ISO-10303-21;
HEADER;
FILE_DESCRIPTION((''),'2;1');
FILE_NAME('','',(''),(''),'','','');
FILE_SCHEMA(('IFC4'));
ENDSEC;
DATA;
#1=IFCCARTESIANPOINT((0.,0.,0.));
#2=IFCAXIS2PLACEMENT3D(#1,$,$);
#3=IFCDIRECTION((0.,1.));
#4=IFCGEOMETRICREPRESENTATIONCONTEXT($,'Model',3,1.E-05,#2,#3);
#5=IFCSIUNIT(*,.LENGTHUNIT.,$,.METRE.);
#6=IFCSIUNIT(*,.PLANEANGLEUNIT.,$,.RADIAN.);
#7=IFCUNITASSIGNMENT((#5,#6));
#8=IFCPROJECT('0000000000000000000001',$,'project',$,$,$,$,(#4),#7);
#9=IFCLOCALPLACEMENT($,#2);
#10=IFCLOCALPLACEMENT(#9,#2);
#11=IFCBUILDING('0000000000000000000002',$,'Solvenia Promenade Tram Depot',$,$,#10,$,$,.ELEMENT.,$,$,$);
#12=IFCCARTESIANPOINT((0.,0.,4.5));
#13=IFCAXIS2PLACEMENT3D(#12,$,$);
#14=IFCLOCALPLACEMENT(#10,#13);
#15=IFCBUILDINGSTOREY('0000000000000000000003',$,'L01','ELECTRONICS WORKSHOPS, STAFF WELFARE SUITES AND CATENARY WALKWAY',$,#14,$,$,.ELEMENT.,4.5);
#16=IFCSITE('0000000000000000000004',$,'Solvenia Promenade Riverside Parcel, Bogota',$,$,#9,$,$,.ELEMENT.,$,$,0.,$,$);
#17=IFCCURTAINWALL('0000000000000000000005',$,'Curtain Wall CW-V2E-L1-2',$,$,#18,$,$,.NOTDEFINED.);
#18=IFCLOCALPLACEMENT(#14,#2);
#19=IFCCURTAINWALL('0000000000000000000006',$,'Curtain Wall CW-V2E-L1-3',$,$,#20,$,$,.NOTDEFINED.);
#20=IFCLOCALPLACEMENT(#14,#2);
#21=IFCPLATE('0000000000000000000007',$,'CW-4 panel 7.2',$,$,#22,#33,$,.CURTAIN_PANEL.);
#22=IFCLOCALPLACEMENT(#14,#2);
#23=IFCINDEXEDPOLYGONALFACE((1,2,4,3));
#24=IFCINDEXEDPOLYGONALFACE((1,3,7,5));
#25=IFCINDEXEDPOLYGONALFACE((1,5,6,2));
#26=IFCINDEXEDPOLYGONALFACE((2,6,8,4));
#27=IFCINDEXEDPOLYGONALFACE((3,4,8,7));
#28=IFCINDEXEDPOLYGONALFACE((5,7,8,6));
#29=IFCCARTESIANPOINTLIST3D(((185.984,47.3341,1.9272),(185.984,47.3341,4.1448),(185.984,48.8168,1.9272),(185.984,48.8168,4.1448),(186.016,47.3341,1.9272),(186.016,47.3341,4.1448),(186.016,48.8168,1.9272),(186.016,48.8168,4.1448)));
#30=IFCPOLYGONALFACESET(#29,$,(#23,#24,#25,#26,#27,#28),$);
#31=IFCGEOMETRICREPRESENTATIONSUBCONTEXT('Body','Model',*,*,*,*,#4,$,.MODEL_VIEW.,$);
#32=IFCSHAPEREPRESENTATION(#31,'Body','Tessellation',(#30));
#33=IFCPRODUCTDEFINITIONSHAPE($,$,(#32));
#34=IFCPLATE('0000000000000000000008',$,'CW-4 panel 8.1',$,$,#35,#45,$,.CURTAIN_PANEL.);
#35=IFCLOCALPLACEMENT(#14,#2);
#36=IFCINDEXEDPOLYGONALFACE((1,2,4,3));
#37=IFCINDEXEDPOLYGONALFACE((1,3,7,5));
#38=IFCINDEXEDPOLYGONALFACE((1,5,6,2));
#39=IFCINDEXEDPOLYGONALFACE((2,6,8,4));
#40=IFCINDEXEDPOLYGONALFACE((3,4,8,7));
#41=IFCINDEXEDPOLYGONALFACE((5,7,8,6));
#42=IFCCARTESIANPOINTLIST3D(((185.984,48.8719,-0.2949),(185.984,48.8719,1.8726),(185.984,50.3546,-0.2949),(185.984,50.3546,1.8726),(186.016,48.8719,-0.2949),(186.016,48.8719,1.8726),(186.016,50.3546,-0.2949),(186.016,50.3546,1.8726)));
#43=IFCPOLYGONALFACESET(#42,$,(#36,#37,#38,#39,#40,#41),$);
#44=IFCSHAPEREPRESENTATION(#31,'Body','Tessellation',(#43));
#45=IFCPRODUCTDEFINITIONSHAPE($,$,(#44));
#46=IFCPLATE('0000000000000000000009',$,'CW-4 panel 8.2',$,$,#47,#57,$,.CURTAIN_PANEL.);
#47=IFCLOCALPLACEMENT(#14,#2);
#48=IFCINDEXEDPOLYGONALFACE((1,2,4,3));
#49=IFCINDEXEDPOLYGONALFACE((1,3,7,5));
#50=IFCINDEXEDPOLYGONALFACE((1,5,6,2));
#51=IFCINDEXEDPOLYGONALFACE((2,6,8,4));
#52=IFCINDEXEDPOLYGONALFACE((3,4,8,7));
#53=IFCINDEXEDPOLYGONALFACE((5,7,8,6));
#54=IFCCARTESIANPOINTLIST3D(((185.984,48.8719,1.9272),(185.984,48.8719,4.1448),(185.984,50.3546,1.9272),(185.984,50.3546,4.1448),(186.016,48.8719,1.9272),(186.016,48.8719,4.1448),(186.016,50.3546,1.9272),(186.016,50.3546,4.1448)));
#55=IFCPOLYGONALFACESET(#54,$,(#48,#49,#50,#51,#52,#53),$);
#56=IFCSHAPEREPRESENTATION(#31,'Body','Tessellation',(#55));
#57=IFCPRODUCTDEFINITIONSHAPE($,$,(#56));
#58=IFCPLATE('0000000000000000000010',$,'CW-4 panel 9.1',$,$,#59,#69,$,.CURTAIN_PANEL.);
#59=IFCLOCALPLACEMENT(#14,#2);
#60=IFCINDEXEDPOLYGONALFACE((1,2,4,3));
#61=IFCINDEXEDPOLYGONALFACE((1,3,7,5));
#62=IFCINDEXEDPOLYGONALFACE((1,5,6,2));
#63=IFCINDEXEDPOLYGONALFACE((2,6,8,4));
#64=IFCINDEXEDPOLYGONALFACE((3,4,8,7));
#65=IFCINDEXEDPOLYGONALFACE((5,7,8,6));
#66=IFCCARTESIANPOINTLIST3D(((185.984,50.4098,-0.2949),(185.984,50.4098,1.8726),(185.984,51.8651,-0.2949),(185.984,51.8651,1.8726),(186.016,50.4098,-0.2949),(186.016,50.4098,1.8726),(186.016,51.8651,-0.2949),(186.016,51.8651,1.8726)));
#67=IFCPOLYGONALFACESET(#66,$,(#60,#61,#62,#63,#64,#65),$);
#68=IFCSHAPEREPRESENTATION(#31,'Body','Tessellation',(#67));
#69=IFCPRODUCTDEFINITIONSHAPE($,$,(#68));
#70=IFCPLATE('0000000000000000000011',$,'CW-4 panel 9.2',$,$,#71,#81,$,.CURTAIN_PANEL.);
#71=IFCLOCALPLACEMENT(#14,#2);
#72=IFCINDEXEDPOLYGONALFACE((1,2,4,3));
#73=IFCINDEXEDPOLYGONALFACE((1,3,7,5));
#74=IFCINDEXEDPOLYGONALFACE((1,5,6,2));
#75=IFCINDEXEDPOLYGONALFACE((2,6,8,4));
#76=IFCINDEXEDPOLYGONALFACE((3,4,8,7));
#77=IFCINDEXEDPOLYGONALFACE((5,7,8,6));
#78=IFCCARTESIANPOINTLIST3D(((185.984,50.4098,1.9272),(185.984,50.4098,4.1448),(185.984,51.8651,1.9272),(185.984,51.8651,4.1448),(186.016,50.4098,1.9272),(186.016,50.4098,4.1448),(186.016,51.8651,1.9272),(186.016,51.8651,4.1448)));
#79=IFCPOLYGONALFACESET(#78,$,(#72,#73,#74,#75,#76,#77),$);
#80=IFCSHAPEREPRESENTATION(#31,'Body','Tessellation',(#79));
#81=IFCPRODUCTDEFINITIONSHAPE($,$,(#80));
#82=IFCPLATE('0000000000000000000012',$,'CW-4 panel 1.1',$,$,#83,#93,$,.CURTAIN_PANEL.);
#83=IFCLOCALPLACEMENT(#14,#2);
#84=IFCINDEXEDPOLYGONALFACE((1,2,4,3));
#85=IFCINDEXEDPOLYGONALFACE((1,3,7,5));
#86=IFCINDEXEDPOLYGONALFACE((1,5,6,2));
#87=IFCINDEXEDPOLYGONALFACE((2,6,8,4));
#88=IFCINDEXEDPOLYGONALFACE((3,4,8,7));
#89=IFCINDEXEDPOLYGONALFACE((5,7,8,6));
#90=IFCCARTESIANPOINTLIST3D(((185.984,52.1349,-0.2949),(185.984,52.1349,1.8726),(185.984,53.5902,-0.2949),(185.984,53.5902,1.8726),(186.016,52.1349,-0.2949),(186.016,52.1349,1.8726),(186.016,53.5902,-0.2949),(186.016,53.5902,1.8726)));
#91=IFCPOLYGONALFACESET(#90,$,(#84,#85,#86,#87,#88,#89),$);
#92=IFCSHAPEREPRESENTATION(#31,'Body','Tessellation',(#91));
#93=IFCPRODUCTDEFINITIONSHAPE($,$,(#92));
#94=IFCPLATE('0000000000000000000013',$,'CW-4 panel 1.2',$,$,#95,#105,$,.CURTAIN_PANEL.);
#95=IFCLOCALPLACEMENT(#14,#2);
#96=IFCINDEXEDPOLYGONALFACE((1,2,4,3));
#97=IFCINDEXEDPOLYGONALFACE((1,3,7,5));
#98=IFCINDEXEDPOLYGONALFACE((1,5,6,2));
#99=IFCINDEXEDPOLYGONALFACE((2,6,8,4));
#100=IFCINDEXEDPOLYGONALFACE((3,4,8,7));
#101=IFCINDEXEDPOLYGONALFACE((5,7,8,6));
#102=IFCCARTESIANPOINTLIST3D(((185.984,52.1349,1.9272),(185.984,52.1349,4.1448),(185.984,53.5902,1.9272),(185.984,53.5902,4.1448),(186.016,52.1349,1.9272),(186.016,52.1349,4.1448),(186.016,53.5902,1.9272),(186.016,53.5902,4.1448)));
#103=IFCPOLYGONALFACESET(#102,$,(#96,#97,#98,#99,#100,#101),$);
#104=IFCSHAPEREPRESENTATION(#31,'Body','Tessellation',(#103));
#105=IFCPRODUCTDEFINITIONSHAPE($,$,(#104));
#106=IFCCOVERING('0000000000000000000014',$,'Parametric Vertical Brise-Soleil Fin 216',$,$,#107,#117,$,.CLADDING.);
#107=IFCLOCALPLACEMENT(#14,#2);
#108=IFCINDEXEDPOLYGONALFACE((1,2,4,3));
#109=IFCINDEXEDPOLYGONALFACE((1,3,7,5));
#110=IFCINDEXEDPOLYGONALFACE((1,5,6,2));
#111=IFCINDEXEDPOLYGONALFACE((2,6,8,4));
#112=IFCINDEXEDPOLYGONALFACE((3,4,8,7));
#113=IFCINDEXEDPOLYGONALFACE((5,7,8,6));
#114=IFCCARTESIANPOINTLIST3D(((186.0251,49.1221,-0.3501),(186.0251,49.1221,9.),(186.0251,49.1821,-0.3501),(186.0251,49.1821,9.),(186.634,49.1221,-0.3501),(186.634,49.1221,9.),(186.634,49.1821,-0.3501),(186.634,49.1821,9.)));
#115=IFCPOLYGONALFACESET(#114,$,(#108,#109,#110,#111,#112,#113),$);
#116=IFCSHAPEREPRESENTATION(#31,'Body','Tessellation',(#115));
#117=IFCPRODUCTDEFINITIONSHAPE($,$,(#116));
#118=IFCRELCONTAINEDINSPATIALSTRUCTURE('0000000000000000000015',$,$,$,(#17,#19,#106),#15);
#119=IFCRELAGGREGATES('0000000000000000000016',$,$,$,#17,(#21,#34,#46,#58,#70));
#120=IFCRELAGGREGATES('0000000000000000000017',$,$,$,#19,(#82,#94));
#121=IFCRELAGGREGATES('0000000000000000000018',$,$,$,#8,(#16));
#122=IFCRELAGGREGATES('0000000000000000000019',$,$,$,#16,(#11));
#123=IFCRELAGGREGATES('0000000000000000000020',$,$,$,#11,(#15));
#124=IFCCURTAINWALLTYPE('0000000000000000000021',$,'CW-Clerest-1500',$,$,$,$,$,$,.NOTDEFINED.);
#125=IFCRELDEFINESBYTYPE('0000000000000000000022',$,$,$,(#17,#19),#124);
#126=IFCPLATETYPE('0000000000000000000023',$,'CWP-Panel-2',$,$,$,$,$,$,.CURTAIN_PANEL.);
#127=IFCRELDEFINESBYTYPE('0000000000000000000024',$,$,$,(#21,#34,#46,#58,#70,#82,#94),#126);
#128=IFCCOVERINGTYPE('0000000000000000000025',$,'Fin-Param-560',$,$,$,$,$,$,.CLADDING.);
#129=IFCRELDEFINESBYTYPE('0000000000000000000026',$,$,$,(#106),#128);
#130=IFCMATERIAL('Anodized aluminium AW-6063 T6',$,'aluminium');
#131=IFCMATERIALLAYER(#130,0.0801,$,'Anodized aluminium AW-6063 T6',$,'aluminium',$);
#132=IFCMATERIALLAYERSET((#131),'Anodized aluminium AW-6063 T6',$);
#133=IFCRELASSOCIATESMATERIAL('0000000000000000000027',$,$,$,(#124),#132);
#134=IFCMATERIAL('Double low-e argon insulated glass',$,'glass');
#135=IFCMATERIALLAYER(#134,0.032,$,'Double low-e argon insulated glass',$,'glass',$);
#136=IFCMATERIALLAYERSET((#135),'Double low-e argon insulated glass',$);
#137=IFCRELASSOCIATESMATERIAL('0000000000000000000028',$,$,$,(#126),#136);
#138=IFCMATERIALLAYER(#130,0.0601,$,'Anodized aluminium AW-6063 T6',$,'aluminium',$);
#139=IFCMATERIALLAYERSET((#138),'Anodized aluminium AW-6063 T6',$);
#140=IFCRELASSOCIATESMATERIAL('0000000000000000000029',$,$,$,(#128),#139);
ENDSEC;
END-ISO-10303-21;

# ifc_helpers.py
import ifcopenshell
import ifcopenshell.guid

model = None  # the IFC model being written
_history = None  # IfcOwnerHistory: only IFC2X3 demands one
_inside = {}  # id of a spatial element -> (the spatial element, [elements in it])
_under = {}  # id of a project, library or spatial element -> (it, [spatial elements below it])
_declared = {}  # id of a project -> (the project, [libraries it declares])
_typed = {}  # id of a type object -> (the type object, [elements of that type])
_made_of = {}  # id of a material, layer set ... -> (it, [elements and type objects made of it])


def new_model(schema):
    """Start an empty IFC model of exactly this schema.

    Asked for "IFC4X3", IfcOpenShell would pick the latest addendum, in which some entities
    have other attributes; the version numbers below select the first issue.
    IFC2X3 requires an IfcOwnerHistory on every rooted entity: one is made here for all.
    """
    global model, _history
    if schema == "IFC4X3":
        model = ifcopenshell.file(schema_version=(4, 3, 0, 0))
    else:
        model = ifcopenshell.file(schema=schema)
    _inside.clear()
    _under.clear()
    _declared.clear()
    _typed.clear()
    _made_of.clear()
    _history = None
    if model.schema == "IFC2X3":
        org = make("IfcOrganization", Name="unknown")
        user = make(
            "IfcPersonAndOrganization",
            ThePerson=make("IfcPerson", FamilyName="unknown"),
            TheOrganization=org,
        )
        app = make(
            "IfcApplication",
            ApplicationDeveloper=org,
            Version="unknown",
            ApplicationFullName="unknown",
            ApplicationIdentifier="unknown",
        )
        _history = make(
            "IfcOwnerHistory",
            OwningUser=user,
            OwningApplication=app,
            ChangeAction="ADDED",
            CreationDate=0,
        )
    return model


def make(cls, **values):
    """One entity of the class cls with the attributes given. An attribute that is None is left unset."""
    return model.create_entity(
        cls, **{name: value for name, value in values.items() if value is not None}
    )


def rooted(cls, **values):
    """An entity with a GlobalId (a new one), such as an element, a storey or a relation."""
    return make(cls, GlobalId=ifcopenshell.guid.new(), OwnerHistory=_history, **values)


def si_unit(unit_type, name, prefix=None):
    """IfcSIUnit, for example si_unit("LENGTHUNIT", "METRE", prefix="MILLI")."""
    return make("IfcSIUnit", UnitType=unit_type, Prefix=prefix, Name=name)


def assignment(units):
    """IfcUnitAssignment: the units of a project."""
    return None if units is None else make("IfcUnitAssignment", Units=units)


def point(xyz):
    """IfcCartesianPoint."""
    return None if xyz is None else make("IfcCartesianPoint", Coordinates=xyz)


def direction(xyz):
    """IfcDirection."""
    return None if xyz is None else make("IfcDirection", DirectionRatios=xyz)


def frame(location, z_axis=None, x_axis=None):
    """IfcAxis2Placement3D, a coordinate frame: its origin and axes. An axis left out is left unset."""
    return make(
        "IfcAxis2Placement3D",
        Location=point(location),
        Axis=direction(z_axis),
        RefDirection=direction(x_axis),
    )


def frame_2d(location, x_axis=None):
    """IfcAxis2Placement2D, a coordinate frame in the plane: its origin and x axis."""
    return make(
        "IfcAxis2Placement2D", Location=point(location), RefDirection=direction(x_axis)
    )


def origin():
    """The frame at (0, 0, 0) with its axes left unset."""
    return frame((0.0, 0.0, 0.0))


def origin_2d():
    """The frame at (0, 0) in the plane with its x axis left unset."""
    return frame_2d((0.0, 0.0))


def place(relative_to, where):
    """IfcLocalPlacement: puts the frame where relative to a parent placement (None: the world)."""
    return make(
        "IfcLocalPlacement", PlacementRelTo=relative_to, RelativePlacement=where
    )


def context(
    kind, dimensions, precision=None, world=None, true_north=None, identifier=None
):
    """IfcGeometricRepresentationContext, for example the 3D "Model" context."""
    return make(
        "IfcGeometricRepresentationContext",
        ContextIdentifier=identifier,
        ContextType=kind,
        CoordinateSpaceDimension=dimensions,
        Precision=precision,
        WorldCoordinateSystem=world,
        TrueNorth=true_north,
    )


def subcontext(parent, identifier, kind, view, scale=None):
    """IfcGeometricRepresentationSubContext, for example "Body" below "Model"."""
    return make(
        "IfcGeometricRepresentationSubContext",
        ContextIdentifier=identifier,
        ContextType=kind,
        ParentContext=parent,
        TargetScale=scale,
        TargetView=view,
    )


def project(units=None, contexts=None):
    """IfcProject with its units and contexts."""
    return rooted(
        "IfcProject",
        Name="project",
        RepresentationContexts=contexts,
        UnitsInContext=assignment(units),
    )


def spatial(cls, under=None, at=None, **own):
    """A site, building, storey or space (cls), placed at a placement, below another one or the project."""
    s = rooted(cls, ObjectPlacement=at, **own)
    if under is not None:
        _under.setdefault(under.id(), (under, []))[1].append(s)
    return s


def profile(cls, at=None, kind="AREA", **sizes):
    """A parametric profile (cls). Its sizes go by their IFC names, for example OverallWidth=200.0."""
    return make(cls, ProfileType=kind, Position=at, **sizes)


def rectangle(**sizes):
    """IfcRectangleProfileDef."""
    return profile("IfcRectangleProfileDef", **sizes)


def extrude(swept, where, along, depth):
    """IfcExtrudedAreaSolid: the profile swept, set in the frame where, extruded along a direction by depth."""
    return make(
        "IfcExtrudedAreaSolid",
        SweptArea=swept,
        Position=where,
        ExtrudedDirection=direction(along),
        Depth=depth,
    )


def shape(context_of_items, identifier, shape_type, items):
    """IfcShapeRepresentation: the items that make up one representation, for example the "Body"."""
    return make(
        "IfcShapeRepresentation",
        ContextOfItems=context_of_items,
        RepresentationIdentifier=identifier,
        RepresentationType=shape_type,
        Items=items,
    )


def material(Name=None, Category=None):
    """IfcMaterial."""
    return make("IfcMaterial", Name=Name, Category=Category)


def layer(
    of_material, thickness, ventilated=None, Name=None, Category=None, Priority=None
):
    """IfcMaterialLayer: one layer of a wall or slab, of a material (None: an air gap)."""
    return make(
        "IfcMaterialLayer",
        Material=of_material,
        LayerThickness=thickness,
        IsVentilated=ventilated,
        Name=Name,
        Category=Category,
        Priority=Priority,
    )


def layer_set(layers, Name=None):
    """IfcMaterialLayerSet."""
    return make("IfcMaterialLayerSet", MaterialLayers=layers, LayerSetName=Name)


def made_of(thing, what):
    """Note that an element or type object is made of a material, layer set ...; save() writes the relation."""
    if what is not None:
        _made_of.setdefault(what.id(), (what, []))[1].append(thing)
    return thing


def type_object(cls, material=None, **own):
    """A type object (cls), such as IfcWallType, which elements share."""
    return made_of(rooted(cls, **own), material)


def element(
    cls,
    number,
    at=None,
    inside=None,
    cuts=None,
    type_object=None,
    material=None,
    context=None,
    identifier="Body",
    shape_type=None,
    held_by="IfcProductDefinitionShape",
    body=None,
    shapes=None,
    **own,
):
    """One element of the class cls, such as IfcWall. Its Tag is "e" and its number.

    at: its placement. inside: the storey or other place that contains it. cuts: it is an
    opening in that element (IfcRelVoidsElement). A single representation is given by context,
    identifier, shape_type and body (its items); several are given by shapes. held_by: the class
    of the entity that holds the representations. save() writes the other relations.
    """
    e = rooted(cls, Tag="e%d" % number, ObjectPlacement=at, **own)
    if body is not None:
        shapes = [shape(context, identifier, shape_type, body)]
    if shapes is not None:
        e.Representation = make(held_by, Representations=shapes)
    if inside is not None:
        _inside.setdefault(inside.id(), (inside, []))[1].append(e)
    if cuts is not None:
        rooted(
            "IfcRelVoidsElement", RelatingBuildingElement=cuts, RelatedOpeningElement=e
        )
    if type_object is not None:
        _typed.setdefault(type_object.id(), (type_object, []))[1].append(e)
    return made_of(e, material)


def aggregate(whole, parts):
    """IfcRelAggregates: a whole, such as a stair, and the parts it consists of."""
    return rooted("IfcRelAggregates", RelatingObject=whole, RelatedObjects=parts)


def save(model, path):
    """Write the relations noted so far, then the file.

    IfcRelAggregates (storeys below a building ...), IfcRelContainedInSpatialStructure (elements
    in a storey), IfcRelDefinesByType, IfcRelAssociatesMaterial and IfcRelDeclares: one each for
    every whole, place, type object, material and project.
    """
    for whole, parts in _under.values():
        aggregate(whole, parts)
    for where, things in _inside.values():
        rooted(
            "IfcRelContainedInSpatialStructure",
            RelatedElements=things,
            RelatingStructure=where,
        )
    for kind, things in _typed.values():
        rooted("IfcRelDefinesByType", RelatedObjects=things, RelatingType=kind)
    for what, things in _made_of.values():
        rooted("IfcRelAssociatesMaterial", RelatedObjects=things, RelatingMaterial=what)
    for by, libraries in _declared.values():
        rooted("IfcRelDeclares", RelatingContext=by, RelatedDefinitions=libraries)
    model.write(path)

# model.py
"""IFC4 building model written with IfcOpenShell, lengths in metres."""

from ifc_helpers import new_model, si_unit, direction, frame, origin, origin_2d, place, context, subcontext, project, spatial, rectangle, extrude, material, layer, layer_set, type_object, element, aggregate, save


model = new_model("IFC4")

# Units and contexts
model_context = context("Model", 3, precision=1e-05, world=origin(), true_north=direction((0.0, 1.0)))
body_context = subcontext(model_context, "Body", "Model", "MODEL_VIEW")
ifc_project = project(units=[si_unit("LENGTHUNIT", "METRE"), si_unit("PLANEANGLEUNIT", "RADIAN")], contexts=[model_context])

# Site, building, storey
site_placement = place(None, origin())
site = spatial("IfcSite", under=ifc_project, at=site_placement, Name="Solvenia Promenade Riverside Parcel, Bogota", CompositionType="ELEMENT", RefElevation=0.0)
building_placement = place(site_placement, origin())
building = spatial("IfcBuilding", under=site, at=building_placement, Name="Solvenia Promenade Tram Depot", CompositionType="ELEMENT")
storey_placement = place(building_placement, frame((0.0, 0.0, 4.5)))
storey = spatial("IfcBuildingStorey", under=building, at=storey_placement, Name="L01", Description="ELECTRONICS WORKSHOPS, STAFF WELFARE SUITES AND CATENARY WALKWAY", CompositionType="ELEMENT", Elevation=4.5)

# Curtain walls
ifc_material_1 = material(Name="Anodized aluminium AW-6063 T6", Category="aluminium")
ifc_layer_1 = layer(ifc_material_1, 0.0801, Name="Anodized aluminium AW-6063 T6", Category="aluminium")
ifc_layer_set_1 = layer_set([ifc_layer_1], Name="Anodized aluminium AW-6063 T6")
curtain_wall_type = type_object("IfcCurtainWallType", Name="CW-Clerest-1500", PredefinedType="NOTDEFINED", material=ifc_layer_set_1)
curtain_wall_1_placement = place(storey_placement, origin())
curtain_wall_1 = element("IfcCurtainWall", 1, at=curtain_wall_1_placement, inside=storey, type_object=curtain_wall_type, Name="Curtain Wall CW-V2E-L1-2", PredefinedType="NOTDEFINED")
curtain_wall_2_placement = place(storey_placement, origin())
curtain_wall_2 = element("IfcCurtainWall", 2, at=curtain_wall_2_placement, inside=storey, type_object=curtain_wall_type, Name="Curtain Wall CW-V2E-L1-3", PredefinedType="NOTDEFINED")

# Plates
ifc_material_2 = material(Name="Double low-e argon insulated glass", Category="glass")
ifc_layer_2 = layer(ifc_material_2, 0.032, Name="Double low-e argon insulated glass", Category="glass")
ifc_layer_set_2 = layer_set([ifc_layer_2], Name="Double low-e argon insulated glass")
plate_type = type_object("IfcPlateType", Name="CWP-Panel-2", PredefinedType="CURTAIN_PANEL", material=ifc_layer_set_2)
plate_1_placement = place(storey_placement, frame((186.0, 48.0754, 1.9272), z_axis=(0.0, 0.0, 1.0), x_axis=(0.0, 1.0, 0.0)))
plate_1 = element("IfcPlate", 3, at=plate_1_placement, type_object=plate_type, Name="CW-4 panel 7.2", PredefinedType="CURTAIN_PANEL", context=body_context, shape_type="SweptSolid", body=[
    extrude(rectangle(XDim=1.4827, YDim=0.032, at=origin_2d()), origin(), (0.0, 0.0, 1.0), 2.2175),
])
plate_2_placement = place(storey_placement, frame((186.0, 49.6133, -0.2949), z_axis=(0.0, 0.0, 1.0), x_axis=(0.0, 1.0, 0.0)))
plate_2 = element("IfcPlate", 4, at=plate_2_placement, type_object=plate_type, Name="CW-4 panel 8.1", PredefinedType="CURTAIN_PANEL", context=body_context, shape_type="SweptSolid", body=[
    extrude(rectangle(XDim=1.4827, YDim=0.032, at=origin_2d()), origin(), (0.0, 0.0, 1.0), 2.1675),
])
plate_3_placement = place(storey_placement, frame((186.0, 49.6133, 1.9272), z_axis=(0.0, 0.0, 1.0), x_axis=(0.0, 1.0, 0.0)))
plate_3 = element("IfcPlate", 5, at=plate_3_placement, type_object=plate_type, Name="CW-4 panel 8.2", PredefinedType="CURTAIN_PANEL", context=body_context, shape_type="SweptSolid", body=[
    extrude(rectangle(XDim=1.4827, YDim=0.032, at=origin_2d()), origin(), (0.0, 0.0, 1.0), 2.2175),
])
plate_4_placement = place(storey_placement, frame((186.0, 51.1375, -0.2949), z_axis=(0.0, 0.0, 1.0), x_axis=(0.0, 1.0, 0.0)))
plate_4 = element("IfcPlate", 6, at=plate_4_placement, type_object=plate_type, Name="CW-4 panel 9.1", PredefinedType="CURTAIN_PANEL", context=body_context, shape_type="SweptSolid", body=[
    extrude(rectangle(XDim=1.4553, YDim=0.032, at=origin_2d()), origin(), (0.0, 0.0, 1.0), 2.1675),
])
plate_5_placement = place(storey_placement, frame((186.0, 51.1375, 1.9272), z_axis=(0.0, 0.0, 1.0), x_axis=(0.0, 1.0, 0.0)))
plate_5 = element("IfcPlate", 7, at=plate_5_placement, type_object=plate_type, Name="CW-4 panel 9.2", PredefinedType="CURTAIN_PANEL", context=body_context, shape_type="SweptSolid", body=[
    extrude(rectangle(XDim=1.4553, YDim=0.032, at=origin_2d()), origin(), (0.0, 0.0, 1.0), 2.2175),
])
aggregate(curtain_wall_1, [plate_1, plate_2, plate_3, plate_4, plate_5])
plate_6_placement = place(storey_placement, frame((186.0, 52.8625, -0.2949), z_axis=(0.0, 0.0, 1.0), x_axis=(0.0, 1.0, 0.0)))
plate_6 = element("IfcPlate", 8, at=plate_6_placement, type_object=plate_type, Name="CW-4 panel 1.1", PredefinedType="CURTAIN_PANEL", context=body_context, shape_type="SweptSolid", body=[
    extrude(rectangle(XDim=1.4553, YDim=0.032, at=origin_2d()), origin(), (0.0, 0.0, 1.0), 2.1675),
])
plate_7_placement = place(storey_placement, frame((186.0, 52.8625, 1.9272), z_axis=(0.0, 0.0, 1.0), x_axis=(0.0, 1.0, 0.0)))
plate_7 = element("IfcPlate", 9, at=plate_7_placement, type_object=plate_type, Name="CW-4 panel 1.2", PredefinedType="CURTAIN_PANEL", context=body_context, shape_type="SweptSolid", body=[
    extrude(rectangle(XDim=1.4553, YDim=0.032, at=origin_2d()), origin(), (0.0, 0.0, 1.0), 2.2175),
])
aggregate(curtain_wall_2, [plate_6, plate_7])

# Covering
ifc_layer_3 = layer(ifc_material_1, 0.0601, Name="Anodized aluminium AW-6063 T6", Category="aluminium")
ifc_layer_set_3 = layer_set([ifc_layer_3], Name="Anodized aluminium AW-6063 T6")
covering_type = type_object("IfcCoveringType", Name="Fin-Param-560", PredefinedType="CLADDING", material=ifc_layer_set_3)
covering_placement = place(storey_placement, frame((186.3296, 49.1521, -0.3501), z_axis=(0.0, 0.0, 1.0), x_axis=(0.0, 1.0, 0.0)))
element("IfcCovering", 10, at=covering_placement, inside=storey, type_object=covering_type, Name="Parametric Vertical Brise-Soleil Fin 216", PredefinedType="CLADDING", context=body_context, shape_type="SweptSolid", body=[
    extrude(rectangle(XDim=0.0601, YDim=0.6089, at=origin_2d()), origin(), (0.0, 0.0, 1.0), 9.3501),
])

save(model, "model.ifc")
